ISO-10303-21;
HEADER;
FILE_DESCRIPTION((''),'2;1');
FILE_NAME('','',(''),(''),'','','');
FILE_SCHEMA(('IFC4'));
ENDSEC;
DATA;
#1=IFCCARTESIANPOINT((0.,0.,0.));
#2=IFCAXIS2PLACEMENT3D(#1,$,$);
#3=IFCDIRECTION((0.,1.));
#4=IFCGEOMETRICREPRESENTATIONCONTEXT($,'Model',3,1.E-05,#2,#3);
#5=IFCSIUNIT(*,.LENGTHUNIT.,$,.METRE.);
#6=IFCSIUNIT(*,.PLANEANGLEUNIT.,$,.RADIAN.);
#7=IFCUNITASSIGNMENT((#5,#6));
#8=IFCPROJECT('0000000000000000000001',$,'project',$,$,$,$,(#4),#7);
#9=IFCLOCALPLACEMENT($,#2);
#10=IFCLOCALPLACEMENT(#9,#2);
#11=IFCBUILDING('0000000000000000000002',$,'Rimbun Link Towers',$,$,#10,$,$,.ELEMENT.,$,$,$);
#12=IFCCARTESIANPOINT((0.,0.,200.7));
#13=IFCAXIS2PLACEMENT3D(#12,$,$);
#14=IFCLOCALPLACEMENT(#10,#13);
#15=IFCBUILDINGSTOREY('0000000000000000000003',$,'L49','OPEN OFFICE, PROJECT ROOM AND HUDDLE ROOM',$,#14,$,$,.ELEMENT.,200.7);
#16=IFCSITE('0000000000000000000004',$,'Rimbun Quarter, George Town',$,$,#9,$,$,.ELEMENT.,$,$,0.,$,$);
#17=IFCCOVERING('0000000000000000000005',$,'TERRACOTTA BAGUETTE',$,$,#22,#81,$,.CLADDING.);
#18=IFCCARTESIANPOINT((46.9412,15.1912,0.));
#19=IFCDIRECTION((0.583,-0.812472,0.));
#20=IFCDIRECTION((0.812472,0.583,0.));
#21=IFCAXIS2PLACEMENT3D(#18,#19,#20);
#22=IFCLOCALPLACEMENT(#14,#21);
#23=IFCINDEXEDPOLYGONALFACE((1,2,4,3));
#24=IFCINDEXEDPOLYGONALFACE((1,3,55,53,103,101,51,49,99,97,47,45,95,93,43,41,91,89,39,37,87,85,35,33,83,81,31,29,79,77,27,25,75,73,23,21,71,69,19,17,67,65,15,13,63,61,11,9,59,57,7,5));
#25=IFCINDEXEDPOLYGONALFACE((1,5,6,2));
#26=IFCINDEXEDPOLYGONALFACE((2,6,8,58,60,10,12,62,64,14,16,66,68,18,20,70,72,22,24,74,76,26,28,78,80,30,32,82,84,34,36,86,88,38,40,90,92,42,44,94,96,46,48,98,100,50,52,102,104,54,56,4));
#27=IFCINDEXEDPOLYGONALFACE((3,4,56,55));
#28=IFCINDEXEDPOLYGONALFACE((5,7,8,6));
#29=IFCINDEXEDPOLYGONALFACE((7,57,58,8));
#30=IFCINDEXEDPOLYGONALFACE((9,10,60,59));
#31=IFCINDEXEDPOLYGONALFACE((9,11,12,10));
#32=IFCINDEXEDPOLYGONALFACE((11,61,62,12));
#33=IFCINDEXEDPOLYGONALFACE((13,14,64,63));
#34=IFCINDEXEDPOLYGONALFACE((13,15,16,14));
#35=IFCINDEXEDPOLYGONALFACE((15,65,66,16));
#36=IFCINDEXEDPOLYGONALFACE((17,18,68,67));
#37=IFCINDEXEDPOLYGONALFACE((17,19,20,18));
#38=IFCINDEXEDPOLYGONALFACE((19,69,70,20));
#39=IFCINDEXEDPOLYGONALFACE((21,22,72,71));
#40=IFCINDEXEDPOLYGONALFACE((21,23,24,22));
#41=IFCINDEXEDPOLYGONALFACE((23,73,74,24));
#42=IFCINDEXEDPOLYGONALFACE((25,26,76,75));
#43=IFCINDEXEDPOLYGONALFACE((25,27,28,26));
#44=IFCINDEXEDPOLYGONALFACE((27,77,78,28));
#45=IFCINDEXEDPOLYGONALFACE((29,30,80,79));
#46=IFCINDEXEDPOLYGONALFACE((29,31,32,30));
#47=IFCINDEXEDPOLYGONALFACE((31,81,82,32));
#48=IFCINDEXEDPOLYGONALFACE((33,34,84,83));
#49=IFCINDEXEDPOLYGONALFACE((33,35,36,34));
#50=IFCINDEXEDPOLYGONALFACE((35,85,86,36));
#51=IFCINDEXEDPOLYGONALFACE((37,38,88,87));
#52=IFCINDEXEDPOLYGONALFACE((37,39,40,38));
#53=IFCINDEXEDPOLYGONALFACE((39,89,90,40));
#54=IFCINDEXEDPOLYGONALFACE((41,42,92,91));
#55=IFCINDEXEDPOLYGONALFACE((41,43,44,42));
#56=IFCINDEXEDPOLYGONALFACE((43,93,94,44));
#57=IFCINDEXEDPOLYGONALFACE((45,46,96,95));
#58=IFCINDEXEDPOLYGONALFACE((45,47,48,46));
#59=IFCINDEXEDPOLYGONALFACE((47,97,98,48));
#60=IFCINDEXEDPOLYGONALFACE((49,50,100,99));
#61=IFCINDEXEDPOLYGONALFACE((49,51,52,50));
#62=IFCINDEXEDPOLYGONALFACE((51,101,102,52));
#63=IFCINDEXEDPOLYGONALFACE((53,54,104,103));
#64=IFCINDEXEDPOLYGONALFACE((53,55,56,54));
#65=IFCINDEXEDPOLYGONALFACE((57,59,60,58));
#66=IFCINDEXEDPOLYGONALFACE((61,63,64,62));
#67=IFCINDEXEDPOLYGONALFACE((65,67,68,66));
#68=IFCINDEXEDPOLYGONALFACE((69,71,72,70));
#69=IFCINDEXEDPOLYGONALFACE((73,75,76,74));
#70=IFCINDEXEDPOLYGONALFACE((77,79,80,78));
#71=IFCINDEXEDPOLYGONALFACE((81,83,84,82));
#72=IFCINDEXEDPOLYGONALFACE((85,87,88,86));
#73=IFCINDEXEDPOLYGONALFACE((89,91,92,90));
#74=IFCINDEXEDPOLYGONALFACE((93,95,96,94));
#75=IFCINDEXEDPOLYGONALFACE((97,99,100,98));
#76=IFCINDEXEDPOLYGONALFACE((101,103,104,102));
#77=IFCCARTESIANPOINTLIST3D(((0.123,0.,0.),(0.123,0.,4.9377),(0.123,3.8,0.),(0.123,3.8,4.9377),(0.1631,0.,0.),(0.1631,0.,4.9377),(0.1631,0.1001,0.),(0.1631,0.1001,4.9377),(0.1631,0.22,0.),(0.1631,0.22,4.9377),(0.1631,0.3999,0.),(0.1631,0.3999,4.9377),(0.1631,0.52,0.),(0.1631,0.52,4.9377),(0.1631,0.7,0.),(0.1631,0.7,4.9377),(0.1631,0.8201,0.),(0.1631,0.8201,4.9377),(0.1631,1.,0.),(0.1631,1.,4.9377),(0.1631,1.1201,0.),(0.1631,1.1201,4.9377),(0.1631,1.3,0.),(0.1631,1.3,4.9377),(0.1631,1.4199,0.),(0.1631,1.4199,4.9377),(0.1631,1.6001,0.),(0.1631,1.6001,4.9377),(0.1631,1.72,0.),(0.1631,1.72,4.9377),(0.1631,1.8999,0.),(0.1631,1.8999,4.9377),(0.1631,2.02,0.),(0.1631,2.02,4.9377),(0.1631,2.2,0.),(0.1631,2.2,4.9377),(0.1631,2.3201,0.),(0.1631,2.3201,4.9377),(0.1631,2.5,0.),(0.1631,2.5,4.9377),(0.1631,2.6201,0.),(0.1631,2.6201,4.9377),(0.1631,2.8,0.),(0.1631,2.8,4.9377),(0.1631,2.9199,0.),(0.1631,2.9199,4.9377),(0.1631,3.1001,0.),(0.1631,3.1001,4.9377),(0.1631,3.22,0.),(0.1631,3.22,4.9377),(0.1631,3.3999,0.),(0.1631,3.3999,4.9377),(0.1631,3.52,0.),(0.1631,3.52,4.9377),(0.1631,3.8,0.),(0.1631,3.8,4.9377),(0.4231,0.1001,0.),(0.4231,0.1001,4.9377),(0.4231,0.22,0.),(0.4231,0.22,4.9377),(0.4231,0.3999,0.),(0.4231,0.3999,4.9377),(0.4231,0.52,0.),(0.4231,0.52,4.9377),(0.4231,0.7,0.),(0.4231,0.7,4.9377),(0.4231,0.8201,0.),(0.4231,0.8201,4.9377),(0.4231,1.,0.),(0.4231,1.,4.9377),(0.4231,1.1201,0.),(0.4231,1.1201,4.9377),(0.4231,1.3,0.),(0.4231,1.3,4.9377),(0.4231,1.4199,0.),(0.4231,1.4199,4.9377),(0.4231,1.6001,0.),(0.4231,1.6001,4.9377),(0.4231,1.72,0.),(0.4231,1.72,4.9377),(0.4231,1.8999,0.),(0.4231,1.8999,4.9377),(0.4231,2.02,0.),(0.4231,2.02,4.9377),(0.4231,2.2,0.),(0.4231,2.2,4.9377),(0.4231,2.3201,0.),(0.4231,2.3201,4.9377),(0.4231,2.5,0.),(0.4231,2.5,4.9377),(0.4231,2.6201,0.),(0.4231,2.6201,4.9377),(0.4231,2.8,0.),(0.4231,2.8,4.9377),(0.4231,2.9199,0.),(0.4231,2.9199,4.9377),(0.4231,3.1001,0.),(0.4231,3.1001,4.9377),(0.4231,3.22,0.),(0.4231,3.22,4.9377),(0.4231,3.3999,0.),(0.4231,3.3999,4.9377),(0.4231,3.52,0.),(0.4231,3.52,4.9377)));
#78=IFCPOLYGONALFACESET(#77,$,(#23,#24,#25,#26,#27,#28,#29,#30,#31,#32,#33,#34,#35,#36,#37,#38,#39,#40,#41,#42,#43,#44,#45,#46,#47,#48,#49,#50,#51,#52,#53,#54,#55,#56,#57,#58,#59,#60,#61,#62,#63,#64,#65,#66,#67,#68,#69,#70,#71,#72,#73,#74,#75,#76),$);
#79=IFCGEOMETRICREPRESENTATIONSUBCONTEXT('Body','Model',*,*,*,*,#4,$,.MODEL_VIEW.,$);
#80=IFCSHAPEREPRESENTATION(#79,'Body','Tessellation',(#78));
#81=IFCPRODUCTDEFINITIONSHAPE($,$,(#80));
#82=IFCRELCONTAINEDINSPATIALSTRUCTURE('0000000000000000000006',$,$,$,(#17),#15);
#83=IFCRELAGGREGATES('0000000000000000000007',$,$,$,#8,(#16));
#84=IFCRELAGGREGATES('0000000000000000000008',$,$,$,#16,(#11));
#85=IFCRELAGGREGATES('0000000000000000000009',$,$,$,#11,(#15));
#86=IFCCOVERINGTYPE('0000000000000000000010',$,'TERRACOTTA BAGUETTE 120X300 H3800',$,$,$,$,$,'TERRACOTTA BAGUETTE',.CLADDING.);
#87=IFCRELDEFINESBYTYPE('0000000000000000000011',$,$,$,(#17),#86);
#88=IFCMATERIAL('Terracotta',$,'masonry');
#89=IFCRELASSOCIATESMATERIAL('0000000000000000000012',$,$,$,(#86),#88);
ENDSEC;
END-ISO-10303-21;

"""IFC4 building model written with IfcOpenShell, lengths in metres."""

from ifc_helpers import new_model, si_unit, direction, frame, origin, place, context, subcontext, project, spatial, polyline, outline, extrude, material, material_profile, profile_set, type_object, element, save


model = new_model("IFC4")

# Units and contexts
model_context = context("Model", 3, precision=1e-05, world=origin(), true_north=direction((0.0, 1.0)))
body_context = subcontext(model_context, "Body", "Model", "MODEL_VIEW")
ifc_project = project(units=[si_unit("LENGTHUNIT", "METRE"), si_unit("PLANEANGLEUNIT", "RADIAN")], contexts=[model_context])

# Site, building, storey
site_placement = place(None, origin())
site = spatial("IfcSite", under=ifc_project, at=site_placement, Name="Rimbun Quarter, George Town", CompositionType="ELEMENT", RefElevation=0.0)
building_placement = place(site_placement, origin())
building = spatial("IfcBuilding", under=site, at=building_placement, Name="Rimbun Link Towers", CompositionType="ELEMENT")
storey_placement = place(building_placement, frame((0.0, 0.0, 200.7)))
storey = spatial("IfcBuildingStorey", under=building, at=storey_placement, Name="L49", Description="OPEN OFFICE, PROJECT ROOM AND HUDDLE ROOM", CompositionType="ELEMENT", Elevation=200.7)

# Covering
ifc_material_1 = material(Name="Terracotta", Category="masonry")
ifc_material_profile_1 = material_profile(ifc_material_1, outline(polyline([(0.123, 0.0), (0.1631, 0.0), (0.1631, 0.1001), (0.4231, 0.1001), (0.4231, 0.22), (0.1631, 0.22), (0.1631, 0.3999), (0.4231, 0.3999), (0.4231, 0.52), (0.1631, 0.52), (0.1631, 0.7), (0.4231, 0.7), (0.4231, 0.8201), (0.1631, 0.8201), (0.1631, 1.0), (0.4231, 1.0), (0.4231, 1.1201), (0.1631, 1.1201), (0.1631, 1.3), (0.4231, 1.3), (0.4231, 1.4199), (0.1631, 1.4199), (0.1631, 1.6001), (0.4231, 1.6001), (0.4231, 1.72), (0.1631, 1.72), (0.1631, 1.8999), (0.4231, 1.8999), (0.4231, 2.02), (0.1631, 2.02), (0.1631, 2.2), (0.4231, 2.2), (0.4231, 2.3201), (0.1631, 2.3201), (0.1631, 2.5), (0.4231, 2.5), (0.4231, 2.6201), (0.1631, 2.6201), (0.1631, 2.8), (0.4231, 2.8), (0.4231, 2.9199), (0.1631, 2.9199), (0.1631, 3.1001), (0.4231, 3.1001), (0.4231, 3.22), (0.1631, 3.22), (0.1631, 3.3999), (0.4231, 3.3999), (0.4231, 3.52), (0.1631, 3.52), (0.1631, 3.8), (0.123, 3.8), (0.123, 0.0)])), Name="BAGUETTE 120X300")
ifc_profile_set_1 = profile_set([ifc_material_profile_1], Name="Terracotta")
covering_type = type_object("IfcCoveringType", Name="TERRACOTTA BAGUETTE 120X300 H3800", ElementType="TERRACOTTA BAGUETTE", PredefinedType="CLADDING", material=ifc_profile_set_1)
for number, where, z_axis, x_axis, name in (
    (1, (46.9412, 15.1912, 0.0), (0.583, -0.812472, 0.0), (0.812472, 0.583, 0.0), "TERRACOTTA BAGUETTE"),
):
    element("IfcCovering", number, at=place(storey_placement, frame(where, z_axis=z_axis, x_axis=x_axis)), inside=storey, type_object=covering_type, Name=name, PredefinedType="CLADDING", context=body_context, shape_type="SweptSolid", body=[
        extrude(outline(polyline([(0.123, 0.0), (0.1631, 0.0), (0.1631, 0.1001), (0.4231, 0.1001), (0.4231, 0.22), (0.1631, 0.22), (0.1631, 0.3999), (0.4231, 0.3999), (0.4231, 0.52), (0.1631, 0.52), (0.1631, 0.7), (0.4231, 0.7), (0.4231, 0.8201), (0.1631, 0.8201), (0.1631, 1.0), (0.4231, 1.0), (0.4231, 1.1201), (0.1631, 1.1201), (0.1631, 1.3), (0.4231, 1.3), (0.4231, 1.4199), (0.1631, 1.4199), (0.1631, 1.6001), (0.4231, 1.6001), (0.4231, 1.72), (0.1631, 1.72), (0.1631, 1.8999), (0.4231, 1.8999), (0.4231, 2.02), (0.1631, 2.02), (0.1631, 2.2), (0.4231, 2.2), (0.4231, 2.3201), (0.1631, 2.3201), (0.1631, 2.5), (0.4231, 2.5), (0.4231, 2.6201), (0.1631, 2.6201), (0.1631, 2.8), (0.4231, 2.8), (0.4231, 2.9199), (0.1631, 2.9199), (0.1631, 3.1001), (0.4231, 3.1001), (0.4231, 3.22), (0.1631, 3.22), (0.1631, 3.3999), (0.4231, 3.3999), (0.4231, 3.52), (0.1631, 3.52), (0.1631, 3.8), (0.123, 3.8), (0.123, 0.0)])), origin(), (0.0, 0.0, 1.0), 4.9377),
    ])

save(model, "model.ifc")
